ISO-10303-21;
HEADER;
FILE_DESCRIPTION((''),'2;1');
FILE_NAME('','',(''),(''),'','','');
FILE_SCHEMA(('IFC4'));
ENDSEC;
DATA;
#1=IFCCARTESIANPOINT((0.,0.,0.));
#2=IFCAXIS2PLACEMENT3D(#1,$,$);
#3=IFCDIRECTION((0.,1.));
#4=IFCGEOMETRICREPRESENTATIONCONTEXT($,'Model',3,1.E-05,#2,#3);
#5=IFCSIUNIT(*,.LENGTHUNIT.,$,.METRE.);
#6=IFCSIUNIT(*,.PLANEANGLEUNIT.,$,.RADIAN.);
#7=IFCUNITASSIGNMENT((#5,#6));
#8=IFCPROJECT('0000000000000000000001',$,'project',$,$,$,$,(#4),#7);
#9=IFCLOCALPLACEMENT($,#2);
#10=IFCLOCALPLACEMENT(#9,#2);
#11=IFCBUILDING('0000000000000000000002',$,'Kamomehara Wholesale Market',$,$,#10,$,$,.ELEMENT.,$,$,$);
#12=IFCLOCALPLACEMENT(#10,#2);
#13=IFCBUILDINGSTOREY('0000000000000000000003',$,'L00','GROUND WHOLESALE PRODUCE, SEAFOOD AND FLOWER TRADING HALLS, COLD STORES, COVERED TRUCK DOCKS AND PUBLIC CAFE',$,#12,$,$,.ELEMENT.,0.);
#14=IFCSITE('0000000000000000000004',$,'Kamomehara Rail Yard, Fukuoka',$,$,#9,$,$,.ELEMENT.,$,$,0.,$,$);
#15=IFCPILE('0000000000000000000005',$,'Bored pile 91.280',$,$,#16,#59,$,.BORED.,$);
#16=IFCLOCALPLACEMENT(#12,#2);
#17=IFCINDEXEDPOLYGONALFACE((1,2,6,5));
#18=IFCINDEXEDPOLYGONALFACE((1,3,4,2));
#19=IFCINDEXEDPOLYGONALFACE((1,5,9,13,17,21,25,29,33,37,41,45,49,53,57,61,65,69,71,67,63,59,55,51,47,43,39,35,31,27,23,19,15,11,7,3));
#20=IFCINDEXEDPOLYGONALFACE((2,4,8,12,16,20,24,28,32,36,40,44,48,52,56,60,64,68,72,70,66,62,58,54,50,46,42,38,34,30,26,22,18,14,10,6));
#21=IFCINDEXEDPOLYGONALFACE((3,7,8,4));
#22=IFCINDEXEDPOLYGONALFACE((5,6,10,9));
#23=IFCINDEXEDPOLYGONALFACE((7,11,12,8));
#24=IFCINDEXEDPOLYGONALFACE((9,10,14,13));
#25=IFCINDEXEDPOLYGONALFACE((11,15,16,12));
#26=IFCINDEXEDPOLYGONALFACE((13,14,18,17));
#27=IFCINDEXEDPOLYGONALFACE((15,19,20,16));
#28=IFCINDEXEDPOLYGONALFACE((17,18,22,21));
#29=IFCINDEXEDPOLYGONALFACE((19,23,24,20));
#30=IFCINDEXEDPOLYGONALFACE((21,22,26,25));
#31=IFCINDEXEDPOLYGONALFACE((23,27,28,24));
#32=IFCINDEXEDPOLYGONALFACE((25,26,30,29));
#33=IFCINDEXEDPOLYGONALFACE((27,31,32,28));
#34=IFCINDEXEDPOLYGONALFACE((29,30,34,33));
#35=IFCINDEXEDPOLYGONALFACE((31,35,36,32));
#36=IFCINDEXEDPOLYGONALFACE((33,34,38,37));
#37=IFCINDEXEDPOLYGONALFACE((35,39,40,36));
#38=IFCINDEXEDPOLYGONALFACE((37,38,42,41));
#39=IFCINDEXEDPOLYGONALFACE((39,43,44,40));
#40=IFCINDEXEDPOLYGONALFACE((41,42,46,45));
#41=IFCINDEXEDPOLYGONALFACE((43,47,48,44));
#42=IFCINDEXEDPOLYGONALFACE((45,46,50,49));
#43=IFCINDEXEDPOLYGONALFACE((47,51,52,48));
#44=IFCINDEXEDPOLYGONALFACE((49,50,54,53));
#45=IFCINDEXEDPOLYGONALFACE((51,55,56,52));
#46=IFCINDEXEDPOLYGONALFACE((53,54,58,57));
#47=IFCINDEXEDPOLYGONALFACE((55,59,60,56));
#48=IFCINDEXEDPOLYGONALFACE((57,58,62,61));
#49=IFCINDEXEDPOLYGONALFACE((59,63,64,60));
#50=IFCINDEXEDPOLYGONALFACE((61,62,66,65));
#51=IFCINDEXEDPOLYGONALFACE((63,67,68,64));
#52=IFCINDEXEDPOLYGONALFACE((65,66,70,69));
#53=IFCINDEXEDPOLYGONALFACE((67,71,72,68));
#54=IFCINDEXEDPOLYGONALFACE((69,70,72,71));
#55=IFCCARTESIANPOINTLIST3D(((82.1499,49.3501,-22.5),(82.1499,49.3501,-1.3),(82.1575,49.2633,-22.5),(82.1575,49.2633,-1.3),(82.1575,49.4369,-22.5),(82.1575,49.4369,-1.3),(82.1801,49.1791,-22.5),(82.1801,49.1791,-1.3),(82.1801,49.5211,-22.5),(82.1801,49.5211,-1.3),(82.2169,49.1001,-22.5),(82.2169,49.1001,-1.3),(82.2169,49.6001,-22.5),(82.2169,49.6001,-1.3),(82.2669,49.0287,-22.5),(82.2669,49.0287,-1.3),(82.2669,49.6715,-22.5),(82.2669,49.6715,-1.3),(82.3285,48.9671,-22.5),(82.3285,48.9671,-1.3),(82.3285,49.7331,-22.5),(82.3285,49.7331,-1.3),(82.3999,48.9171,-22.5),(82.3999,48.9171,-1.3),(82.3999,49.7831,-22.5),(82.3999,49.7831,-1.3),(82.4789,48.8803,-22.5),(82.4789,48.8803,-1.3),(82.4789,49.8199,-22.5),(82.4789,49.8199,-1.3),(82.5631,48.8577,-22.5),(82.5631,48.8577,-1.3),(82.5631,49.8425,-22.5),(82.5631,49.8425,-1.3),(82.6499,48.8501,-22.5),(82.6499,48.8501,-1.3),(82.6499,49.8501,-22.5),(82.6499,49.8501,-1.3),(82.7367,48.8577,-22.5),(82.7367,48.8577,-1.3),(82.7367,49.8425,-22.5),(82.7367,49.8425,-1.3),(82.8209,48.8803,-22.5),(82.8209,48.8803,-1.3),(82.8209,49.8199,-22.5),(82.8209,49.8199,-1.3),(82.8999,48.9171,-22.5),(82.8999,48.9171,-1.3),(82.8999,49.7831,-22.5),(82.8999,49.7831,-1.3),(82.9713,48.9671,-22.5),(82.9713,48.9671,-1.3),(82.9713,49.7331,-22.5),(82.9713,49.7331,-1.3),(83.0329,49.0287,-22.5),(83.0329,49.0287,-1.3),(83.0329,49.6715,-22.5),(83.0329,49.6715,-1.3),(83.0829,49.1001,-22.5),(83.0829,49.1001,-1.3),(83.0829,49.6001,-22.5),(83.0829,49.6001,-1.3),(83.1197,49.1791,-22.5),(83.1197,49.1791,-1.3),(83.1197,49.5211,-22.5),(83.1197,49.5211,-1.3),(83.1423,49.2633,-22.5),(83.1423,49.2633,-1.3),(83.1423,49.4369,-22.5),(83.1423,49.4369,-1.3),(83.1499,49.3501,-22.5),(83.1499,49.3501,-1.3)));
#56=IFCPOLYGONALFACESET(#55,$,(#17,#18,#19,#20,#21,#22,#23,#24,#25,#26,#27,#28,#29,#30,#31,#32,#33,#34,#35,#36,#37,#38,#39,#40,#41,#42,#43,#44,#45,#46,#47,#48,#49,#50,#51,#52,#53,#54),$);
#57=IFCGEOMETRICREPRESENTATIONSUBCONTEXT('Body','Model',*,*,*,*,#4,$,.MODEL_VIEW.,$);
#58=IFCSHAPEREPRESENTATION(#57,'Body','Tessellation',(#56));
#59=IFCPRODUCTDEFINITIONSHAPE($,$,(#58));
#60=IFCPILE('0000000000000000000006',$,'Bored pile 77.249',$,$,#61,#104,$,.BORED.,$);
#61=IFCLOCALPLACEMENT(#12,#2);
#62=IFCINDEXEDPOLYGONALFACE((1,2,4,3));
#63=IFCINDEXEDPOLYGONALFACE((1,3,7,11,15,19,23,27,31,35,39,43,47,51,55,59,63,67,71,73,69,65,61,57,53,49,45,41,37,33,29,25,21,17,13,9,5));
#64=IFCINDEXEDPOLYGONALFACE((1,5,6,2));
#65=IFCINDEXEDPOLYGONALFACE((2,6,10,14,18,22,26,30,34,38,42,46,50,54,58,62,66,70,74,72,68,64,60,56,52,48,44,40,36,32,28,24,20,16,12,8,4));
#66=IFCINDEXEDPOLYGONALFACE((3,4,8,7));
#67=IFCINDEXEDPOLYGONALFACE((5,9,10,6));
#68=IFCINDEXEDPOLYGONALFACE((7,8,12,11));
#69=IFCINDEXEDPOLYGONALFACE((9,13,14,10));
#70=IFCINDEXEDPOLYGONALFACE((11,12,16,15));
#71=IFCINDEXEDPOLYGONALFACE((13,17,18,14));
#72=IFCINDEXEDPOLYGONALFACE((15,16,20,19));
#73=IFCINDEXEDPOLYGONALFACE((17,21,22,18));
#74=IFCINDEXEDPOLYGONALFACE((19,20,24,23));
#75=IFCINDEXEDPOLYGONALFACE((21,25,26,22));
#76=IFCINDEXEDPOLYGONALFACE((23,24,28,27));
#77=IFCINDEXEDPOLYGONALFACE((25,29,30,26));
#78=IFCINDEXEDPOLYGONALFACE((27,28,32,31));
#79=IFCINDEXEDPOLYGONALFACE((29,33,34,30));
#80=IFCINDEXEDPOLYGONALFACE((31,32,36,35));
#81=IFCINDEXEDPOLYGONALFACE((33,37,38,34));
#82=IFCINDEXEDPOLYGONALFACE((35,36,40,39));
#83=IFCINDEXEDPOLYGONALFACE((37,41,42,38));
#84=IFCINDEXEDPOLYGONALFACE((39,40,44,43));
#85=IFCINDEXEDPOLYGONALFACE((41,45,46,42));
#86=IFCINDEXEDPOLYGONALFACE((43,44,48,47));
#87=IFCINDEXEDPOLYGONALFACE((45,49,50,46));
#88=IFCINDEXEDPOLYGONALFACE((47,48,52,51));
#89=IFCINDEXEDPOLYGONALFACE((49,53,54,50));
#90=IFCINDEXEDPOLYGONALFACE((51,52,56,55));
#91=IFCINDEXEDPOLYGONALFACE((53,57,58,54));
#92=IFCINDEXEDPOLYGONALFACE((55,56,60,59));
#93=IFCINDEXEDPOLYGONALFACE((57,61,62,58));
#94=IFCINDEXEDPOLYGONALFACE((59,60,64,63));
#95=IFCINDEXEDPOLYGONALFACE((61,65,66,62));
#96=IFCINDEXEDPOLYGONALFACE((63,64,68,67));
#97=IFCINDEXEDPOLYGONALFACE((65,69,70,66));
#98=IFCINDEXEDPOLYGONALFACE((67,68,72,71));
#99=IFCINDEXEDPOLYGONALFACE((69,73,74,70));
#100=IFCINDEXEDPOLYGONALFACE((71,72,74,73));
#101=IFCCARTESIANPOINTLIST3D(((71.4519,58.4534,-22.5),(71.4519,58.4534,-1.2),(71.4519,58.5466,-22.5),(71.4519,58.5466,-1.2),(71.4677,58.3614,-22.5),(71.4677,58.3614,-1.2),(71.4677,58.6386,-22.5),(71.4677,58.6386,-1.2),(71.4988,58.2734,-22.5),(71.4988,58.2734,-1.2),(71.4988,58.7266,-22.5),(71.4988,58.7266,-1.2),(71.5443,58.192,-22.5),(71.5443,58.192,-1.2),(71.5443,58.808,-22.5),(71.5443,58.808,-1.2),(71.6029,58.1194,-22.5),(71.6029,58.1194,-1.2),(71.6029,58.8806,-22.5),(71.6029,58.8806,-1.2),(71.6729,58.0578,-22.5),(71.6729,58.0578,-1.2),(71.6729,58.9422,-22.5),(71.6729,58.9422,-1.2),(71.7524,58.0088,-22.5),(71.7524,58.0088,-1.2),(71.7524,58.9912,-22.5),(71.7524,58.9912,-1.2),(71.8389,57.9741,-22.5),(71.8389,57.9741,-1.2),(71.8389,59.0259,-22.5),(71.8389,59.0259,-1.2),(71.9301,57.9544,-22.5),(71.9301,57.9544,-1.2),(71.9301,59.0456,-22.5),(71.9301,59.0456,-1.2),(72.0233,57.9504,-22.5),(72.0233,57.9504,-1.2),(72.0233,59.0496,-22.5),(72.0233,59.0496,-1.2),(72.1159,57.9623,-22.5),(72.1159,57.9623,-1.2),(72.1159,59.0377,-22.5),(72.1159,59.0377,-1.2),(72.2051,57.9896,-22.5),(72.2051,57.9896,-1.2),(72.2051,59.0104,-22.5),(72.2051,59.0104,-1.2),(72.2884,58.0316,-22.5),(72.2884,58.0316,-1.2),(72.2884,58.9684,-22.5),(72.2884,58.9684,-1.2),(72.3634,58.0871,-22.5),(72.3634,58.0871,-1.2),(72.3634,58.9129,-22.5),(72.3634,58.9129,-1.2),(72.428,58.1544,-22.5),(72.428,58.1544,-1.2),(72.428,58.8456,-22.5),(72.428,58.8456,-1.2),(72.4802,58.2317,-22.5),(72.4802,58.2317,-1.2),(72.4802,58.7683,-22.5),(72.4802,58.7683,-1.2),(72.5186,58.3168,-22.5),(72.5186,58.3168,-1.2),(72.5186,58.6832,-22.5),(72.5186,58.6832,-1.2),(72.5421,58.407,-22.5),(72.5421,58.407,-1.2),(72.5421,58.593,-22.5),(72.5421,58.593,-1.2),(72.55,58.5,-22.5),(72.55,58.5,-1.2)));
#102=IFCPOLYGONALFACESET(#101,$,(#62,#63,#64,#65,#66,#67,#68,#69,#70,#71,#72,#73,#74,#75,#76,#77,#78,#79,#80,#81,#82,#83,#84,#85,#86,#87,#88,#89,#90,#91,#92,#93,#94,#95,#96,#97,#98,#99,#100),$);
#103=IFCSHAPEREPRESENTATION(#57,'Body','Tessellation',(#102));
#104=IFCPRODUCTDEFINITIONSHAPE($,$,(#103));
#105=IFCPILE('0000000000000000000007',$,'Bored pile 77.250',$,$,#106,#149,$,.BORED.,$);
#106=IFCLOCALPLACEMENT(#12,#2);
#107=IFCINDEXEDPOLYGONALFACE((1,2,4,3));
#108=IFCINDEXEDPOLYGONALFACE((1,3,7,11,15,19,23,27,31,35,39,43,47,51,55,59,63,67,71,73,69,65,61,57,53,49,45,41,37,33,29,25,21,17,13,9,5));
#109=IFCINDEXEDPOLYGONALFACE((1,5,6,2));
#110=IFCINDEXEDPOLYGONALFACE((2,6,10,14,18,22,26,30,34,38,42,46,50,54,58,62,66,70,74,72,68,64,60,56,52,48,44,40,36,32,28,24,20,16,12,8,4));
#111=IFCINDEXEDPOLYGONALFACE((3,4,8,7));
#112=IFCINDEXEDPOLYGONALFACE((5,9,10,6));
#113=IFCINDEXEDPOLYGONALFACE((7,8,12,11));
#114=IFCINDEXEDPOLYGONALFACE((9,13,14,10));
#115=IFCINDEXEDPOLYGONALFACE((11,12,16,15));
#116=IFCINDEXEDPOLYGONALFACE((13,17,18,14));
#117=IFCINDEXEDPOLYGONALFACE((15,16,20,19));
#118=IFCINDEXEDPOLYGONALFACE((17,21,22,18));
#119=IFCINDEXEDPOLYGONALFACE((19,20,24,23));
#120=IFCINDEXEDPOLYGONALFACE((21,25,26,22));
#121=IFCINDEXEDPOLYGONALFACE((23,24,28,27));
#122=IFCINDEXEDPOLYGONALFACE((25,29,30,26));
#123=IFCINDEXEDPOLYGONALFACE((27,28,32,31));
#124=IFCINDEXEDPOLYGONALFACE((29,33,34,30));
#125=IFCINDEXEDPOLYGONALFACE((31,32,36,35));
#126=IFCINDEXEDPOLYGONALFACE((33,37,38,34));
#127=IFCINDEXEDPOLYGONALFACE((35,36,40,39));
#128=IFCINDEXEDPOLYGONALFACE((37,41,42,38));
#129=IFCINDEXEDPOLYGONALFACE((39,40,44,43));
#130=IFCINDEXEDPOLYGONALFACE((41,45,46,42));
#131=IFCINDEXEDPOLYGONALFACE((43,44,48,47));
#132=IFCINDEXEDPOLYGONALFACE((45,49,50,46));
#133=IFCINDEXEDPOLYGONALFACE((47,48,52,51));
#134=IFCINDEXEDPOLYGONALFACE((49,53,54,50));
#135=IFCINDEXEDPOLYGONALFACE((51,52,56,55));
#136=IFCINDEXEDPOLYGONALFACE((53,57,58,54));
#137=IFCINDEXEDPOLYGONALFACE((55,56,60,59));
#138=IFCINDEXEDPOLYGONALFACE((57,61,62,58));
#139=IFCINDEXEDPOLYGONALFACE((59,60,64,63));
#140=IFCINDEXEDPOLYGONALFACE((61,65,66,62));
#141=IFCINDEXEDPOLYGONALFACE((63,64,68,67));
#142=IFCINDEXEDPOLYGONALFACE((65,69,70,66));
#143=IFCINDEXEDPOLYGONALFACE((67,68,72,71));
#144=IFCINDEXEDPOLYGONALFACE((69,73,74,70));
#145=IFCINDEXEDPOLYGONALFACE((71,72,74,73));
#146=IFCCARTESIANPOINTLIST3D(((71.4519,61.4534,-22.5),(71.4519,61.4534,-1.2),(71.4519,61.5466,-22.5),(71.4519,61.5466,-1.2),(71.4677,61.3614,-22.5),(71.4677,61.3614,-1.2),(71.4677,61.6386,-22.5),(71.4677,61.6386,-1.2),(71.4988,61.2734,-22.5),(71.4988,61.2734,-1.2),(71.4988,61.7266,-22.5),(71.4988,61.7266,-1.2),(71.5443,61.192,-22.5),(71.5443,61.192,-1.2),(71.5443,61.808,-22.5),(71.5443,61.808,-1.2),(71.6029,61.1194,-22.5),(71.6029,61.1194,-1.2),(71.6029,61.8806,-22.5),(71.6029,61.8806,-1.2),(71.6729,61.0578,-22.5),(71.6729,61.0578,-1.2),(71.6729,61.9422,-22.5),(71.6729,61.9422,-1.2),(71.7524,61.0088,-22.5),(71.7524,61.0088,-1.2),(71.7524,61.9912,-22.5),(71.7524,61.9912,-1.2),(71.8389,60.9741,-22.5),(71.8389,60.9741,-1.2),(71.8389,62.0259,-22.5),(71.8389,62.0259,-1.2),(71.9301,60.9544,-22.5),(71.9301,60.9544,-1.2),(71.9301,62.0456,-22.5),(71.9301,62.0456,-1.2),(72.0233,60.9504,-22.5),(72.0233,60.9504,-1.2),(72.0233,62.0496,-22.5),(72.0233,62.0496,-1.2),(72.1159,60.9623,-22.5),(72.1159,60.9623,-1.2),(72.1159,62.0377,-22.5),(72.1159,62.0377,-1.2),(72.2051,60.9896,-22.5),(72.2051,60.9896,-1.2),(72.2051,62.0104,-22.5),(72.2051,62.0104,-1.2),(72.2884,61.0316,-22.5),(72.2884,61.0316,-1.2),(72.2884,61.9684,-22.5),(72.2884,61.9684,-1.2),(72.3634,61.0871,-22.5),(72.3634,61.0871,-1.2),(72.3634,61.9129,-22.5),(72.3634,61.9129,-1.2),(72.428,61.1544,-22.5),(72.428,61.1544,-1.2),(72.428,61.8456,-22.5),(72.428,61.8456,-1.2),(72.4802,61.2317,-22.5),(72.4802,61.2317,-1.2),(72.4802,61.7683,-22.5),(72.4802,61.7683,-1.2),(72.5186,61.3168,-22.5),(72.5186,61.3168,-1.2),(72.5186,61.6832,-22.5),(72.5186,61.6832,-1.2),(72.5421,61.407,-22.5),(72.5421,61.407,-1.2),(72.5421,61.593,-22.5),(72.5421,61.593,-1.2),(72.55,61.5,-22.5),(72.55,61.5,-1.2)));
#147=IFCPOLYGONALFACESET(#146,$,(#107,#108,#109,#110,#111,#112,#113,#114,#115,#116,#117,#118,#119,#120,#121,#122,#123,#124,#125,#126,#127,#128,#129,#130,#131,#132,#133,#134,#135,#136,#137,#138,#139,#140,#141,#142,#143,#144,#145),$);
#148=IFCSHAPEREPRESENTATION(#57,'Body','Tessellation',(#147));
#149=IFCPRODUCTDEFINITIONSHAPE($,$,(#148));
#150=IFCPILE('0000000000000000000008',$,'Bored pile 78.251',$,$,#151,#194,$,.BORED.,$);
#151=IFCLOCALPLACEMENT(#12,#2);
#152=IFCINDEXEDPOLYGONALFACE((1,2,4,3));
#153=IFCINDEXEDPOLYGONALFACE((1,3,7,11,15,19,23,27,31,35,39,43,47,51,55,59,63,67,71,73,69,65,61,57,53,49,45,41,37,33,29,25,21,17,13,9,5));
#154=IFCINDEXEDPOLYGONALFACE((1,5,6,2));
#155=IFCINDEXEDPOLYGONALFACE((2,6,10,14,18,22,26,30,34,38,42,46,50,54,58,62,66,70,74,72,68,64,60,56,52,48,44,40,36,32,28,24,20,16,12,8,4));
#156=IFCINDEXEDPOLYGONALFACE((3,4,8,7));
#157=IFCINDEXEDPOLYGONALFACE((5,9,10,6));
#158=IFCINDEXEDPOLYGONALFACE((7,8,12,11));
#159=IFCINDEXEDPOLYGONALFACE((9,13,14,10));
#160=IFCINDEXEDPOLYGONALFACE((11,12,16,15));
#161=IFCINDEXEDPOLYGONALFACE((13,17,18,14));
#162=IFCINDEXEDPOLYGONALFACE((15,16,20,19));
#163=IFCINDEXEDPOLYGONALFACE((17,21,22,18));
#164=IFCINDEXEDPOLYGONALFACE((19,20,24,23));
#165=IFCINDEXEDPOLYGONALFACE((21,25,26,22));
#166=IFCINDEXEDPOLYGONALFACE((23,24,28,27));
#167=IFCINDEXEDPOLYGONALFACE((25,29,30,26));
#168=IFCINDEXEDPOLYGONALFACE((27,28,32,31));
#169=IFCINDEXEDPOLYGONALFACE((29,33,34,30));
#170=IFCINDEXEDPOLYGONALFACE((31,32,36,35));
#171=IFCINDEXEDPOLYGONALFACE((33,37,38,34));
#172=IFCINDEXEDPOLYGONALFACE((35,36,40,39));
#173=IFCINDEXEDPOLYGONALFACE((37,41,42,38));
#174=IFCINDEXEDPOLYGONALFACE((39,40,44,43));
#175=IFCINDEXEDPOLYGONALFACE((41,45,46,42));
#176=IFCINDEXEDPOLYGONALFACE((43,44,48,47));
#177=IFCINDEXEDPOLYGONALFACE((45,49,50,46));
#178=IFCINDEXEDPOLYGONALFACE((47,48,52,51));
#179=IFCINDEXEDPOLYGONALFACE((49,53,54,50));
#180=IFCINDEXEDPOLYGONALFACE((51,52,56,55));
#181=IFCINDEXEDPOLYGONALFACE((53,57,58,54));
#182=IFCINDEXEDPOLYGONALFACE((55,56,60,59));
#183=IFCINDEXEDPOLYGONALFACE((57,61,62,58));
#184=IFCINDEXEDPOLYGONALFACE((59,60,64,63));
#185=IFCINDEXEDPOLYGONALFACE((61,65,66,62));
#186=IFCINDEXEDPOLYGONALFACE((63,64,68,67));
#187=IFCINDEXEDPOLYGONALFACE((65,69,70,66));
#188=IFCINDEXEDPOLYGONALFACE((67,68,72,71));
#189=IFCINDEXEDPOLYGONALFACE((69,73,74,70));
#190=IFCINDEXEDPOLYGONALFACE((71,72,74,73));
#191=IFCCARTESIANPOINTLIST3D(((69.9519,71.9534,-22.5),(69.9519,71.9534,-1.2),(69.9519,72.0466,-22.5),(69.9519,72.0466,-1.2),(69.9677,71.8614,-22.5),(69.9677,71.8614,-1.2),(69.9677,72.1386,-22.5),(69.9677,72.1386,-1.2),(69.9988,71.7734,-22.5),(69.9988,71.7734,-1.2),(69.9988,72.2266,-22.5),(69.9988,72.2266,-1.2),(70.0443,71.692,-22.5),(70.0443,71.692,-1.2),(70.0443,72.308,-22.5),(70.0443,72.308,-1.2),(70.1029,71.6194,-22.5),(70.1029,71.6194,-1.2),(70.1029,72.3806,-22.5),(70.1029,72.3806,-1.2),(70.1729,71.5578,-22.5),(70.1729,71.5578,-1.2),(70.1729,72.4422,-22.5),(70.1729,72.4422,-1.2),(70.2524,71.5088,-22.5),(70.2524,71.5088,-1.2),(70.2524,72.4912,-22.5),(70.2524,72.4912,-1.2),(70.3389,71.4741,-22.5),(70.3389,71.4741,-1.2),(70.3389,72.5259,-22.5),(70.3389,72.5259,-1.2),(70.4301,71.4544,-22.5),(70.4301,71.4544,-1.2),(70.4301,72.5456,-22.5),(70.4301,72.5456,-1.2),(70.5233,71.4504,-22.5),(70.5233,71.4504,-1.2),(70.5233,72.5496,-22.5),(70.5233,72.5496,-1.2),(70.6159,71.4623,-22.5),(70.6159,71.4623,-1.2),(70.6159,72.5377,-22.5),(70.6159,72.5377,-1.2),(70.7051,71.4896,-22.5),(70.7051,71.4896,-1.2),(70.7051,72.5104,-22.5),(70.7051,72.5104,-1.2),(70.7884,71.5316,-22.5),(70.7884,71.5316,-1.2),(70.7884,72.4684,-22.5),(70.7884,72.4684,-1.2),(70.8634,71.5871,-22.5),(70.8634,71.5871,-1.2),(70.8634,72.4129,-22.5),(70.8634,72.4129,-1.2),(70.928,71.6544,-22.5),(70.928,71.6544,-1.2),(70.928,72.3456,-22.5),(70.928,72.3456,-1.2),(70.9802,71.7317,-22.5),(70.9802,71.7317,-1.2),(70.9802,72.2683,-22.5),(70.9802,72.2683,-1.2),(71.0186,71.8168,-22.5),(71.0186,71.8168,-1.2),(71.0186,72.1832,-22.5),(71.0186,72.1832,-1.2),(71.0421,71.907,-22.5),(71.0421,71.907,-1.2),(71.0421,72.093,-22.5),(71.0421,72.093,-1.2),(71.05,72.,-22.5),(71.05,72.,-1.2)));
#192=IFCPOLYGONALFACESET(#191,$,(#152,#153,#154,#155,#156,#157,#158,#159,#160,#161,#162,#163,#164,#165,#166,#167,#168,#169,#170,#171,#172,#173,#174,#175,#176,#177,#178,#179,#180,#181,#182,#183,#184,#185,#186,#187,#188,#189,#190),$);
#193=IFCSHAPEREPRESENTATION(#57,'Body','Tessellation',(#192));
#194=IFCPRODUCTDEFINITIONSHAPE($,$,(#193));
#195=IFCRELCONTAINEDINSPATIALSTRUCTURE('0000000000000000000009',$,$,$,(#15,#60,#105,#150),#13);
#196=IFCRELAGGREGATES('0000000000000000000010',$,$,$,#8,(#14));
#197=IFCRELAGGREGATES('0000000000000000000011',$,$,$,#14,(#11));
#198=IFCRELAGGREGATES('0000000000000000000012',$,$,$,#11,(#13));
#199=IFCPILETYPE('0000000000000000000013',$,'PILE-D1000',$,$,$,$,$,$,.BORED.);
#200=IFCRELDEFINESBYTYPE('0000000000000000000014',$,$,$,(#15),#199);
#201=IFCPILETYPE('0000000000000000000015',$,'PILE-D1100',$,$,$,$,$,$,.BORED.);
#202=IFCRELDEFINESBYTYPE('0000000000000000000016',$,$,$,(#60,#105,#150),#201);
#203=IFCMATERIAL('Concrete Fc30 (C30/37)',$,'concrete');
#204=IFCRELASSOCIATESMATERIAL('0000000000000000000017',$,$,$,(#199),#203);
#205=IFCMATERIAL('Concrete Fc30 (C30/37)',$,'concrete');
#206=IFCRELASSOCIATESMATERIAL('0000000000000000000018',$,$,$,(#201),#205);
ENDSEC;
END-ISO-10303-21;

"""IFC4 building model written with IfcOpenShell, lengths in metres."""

from ifc_helpers import new_model, si_unit, direction, frame, origin, origin_2d, place, context, subcontext, project, spatial, circle, extrude, material, material_profile, profile_set, type_object, element, save


model = new_model("IFC4")

# Units and contexts
model_context = context("Model", 3, precision=1e-05, world=origin(), true_north=direction((0.0, 1.0)))
body_context = subcontext(model_context, "Body", "Model", "MODEL_VIEW")
ifc_project = project(units=[si_unit("LENGTHUNIT", "METRE"), si_unit("PLANEANGLEUNIT", "RADIAN")], contexts=[model_context])

# Site, building, storey
site_placement = place(None, origin())
site = spatial("IfcSite", under=ifc_project, at=site_placement, Name="Kamomehara Rail Yard, Fukuoka", CompositionType="ELEMENT", RefElevation=0.0)
building_placement = place(site_placement, origin())
building = spatial("IfcBuilding", under=site, at=building_placement, Name="Kamomehara Wholesale Market", CompositionType="ELEMENT")
storey_placement = place(building_placement, origin())
storey = spatial("IfcBuildingStorey", under=building, at=storey_placement, Name="L00", Description="GROUND WHOLESALE PRODUCE, SEAFOOD AND FLOWER TRADING HALLS, COLD STORES, COVERED TRUCK DOCKS AND PUBLIC CAFE", CompositionType="ELEMENT", Elevation=0.0)

# Piles
ifc_material_1 = material(Name="Concrete Fc30 (C30/37)", Category="concrete")
ifc_material_profile_1 = material_profile(ifc_material_1, circle(Radius=0.5, at=origin_2d()), Name="RC-PILE-D1000")
ifc_profile_set_1 = profile_set([ifc_material_profile_1], Name="Concrete Fc30 (C30/37)")
pile_type_1 = type_object("IfcPileType", Name="PILE-D1000", PredefinedType="BORED", material=ifc_profile_set_1)
pile_placement = place(storey_placement, frame((82.6499, 49.3501, -1.3), z_axis=(0.0, 0.0, -1.0), x_axis=(1.0, 0.0, 0.0)))
element("IfcPile", 1, at=pile_placement, inside=storey, type_object=pile_type_1, Name="Bored pile 91.280", PredefinedType="BORED", context=body_context, shape_type="SweptSolid", body=[
    extrude(circle(Radius=0.5, at=origin_2d()), origin(), (0.0, 0.0, 1.0), 21.2),
])
ifc_material_2 = material(Name="Concrete Fc30 (C30/37)", Category="concrete")
ifc_material_profile_2 = material_profile(ifc_material_2, circle(Radius=0.55, at=origin_2d()), Name="RC-PILE-D1100")
ifc_profile_set_2 = profile_set([ifc_material_profile_2], Name="Concrete Fc30 (C30/37)")
pile_type_2 = type_object("IfcPileType", Name="PILE-D1100", PredefinedType="BORED", material=ifc_profile_set_2)
for number, where, z_axis, x_axis, name in (
    (2, (72.0, 58.5, -1.2), (0.0, 0.0, -1.0), (1.0, 0.0, 0.0), "Bored pile 77.249"),
    (3, (72.0, 61.5, -1.2), (0.0, 0.0, -1.0), (1.0, 0.0, 0.0), "Bored pile 77.250"),
    (4, (70.5, 72.0, -1.2), (0.0, 0.0, -1.0), (1.0, 0.0, 0.0), "Bored pile 78.251"),
):
    element("IfcPile", number, at=place(storey_placement, frame(where, z_axis=z_axis, x_axis=x_axis)), inside=storey, type_object=pile_type_2, Name=name, PredefinedType="BORED", context=body_context, shape_type="SweptSolid", body=[
        extrude(circle(Radius=0.55, at=origin_2d()), origin(), (0.0, 0.0, 1.0), 21.3),
    ])

save(model, "model.ifc")
